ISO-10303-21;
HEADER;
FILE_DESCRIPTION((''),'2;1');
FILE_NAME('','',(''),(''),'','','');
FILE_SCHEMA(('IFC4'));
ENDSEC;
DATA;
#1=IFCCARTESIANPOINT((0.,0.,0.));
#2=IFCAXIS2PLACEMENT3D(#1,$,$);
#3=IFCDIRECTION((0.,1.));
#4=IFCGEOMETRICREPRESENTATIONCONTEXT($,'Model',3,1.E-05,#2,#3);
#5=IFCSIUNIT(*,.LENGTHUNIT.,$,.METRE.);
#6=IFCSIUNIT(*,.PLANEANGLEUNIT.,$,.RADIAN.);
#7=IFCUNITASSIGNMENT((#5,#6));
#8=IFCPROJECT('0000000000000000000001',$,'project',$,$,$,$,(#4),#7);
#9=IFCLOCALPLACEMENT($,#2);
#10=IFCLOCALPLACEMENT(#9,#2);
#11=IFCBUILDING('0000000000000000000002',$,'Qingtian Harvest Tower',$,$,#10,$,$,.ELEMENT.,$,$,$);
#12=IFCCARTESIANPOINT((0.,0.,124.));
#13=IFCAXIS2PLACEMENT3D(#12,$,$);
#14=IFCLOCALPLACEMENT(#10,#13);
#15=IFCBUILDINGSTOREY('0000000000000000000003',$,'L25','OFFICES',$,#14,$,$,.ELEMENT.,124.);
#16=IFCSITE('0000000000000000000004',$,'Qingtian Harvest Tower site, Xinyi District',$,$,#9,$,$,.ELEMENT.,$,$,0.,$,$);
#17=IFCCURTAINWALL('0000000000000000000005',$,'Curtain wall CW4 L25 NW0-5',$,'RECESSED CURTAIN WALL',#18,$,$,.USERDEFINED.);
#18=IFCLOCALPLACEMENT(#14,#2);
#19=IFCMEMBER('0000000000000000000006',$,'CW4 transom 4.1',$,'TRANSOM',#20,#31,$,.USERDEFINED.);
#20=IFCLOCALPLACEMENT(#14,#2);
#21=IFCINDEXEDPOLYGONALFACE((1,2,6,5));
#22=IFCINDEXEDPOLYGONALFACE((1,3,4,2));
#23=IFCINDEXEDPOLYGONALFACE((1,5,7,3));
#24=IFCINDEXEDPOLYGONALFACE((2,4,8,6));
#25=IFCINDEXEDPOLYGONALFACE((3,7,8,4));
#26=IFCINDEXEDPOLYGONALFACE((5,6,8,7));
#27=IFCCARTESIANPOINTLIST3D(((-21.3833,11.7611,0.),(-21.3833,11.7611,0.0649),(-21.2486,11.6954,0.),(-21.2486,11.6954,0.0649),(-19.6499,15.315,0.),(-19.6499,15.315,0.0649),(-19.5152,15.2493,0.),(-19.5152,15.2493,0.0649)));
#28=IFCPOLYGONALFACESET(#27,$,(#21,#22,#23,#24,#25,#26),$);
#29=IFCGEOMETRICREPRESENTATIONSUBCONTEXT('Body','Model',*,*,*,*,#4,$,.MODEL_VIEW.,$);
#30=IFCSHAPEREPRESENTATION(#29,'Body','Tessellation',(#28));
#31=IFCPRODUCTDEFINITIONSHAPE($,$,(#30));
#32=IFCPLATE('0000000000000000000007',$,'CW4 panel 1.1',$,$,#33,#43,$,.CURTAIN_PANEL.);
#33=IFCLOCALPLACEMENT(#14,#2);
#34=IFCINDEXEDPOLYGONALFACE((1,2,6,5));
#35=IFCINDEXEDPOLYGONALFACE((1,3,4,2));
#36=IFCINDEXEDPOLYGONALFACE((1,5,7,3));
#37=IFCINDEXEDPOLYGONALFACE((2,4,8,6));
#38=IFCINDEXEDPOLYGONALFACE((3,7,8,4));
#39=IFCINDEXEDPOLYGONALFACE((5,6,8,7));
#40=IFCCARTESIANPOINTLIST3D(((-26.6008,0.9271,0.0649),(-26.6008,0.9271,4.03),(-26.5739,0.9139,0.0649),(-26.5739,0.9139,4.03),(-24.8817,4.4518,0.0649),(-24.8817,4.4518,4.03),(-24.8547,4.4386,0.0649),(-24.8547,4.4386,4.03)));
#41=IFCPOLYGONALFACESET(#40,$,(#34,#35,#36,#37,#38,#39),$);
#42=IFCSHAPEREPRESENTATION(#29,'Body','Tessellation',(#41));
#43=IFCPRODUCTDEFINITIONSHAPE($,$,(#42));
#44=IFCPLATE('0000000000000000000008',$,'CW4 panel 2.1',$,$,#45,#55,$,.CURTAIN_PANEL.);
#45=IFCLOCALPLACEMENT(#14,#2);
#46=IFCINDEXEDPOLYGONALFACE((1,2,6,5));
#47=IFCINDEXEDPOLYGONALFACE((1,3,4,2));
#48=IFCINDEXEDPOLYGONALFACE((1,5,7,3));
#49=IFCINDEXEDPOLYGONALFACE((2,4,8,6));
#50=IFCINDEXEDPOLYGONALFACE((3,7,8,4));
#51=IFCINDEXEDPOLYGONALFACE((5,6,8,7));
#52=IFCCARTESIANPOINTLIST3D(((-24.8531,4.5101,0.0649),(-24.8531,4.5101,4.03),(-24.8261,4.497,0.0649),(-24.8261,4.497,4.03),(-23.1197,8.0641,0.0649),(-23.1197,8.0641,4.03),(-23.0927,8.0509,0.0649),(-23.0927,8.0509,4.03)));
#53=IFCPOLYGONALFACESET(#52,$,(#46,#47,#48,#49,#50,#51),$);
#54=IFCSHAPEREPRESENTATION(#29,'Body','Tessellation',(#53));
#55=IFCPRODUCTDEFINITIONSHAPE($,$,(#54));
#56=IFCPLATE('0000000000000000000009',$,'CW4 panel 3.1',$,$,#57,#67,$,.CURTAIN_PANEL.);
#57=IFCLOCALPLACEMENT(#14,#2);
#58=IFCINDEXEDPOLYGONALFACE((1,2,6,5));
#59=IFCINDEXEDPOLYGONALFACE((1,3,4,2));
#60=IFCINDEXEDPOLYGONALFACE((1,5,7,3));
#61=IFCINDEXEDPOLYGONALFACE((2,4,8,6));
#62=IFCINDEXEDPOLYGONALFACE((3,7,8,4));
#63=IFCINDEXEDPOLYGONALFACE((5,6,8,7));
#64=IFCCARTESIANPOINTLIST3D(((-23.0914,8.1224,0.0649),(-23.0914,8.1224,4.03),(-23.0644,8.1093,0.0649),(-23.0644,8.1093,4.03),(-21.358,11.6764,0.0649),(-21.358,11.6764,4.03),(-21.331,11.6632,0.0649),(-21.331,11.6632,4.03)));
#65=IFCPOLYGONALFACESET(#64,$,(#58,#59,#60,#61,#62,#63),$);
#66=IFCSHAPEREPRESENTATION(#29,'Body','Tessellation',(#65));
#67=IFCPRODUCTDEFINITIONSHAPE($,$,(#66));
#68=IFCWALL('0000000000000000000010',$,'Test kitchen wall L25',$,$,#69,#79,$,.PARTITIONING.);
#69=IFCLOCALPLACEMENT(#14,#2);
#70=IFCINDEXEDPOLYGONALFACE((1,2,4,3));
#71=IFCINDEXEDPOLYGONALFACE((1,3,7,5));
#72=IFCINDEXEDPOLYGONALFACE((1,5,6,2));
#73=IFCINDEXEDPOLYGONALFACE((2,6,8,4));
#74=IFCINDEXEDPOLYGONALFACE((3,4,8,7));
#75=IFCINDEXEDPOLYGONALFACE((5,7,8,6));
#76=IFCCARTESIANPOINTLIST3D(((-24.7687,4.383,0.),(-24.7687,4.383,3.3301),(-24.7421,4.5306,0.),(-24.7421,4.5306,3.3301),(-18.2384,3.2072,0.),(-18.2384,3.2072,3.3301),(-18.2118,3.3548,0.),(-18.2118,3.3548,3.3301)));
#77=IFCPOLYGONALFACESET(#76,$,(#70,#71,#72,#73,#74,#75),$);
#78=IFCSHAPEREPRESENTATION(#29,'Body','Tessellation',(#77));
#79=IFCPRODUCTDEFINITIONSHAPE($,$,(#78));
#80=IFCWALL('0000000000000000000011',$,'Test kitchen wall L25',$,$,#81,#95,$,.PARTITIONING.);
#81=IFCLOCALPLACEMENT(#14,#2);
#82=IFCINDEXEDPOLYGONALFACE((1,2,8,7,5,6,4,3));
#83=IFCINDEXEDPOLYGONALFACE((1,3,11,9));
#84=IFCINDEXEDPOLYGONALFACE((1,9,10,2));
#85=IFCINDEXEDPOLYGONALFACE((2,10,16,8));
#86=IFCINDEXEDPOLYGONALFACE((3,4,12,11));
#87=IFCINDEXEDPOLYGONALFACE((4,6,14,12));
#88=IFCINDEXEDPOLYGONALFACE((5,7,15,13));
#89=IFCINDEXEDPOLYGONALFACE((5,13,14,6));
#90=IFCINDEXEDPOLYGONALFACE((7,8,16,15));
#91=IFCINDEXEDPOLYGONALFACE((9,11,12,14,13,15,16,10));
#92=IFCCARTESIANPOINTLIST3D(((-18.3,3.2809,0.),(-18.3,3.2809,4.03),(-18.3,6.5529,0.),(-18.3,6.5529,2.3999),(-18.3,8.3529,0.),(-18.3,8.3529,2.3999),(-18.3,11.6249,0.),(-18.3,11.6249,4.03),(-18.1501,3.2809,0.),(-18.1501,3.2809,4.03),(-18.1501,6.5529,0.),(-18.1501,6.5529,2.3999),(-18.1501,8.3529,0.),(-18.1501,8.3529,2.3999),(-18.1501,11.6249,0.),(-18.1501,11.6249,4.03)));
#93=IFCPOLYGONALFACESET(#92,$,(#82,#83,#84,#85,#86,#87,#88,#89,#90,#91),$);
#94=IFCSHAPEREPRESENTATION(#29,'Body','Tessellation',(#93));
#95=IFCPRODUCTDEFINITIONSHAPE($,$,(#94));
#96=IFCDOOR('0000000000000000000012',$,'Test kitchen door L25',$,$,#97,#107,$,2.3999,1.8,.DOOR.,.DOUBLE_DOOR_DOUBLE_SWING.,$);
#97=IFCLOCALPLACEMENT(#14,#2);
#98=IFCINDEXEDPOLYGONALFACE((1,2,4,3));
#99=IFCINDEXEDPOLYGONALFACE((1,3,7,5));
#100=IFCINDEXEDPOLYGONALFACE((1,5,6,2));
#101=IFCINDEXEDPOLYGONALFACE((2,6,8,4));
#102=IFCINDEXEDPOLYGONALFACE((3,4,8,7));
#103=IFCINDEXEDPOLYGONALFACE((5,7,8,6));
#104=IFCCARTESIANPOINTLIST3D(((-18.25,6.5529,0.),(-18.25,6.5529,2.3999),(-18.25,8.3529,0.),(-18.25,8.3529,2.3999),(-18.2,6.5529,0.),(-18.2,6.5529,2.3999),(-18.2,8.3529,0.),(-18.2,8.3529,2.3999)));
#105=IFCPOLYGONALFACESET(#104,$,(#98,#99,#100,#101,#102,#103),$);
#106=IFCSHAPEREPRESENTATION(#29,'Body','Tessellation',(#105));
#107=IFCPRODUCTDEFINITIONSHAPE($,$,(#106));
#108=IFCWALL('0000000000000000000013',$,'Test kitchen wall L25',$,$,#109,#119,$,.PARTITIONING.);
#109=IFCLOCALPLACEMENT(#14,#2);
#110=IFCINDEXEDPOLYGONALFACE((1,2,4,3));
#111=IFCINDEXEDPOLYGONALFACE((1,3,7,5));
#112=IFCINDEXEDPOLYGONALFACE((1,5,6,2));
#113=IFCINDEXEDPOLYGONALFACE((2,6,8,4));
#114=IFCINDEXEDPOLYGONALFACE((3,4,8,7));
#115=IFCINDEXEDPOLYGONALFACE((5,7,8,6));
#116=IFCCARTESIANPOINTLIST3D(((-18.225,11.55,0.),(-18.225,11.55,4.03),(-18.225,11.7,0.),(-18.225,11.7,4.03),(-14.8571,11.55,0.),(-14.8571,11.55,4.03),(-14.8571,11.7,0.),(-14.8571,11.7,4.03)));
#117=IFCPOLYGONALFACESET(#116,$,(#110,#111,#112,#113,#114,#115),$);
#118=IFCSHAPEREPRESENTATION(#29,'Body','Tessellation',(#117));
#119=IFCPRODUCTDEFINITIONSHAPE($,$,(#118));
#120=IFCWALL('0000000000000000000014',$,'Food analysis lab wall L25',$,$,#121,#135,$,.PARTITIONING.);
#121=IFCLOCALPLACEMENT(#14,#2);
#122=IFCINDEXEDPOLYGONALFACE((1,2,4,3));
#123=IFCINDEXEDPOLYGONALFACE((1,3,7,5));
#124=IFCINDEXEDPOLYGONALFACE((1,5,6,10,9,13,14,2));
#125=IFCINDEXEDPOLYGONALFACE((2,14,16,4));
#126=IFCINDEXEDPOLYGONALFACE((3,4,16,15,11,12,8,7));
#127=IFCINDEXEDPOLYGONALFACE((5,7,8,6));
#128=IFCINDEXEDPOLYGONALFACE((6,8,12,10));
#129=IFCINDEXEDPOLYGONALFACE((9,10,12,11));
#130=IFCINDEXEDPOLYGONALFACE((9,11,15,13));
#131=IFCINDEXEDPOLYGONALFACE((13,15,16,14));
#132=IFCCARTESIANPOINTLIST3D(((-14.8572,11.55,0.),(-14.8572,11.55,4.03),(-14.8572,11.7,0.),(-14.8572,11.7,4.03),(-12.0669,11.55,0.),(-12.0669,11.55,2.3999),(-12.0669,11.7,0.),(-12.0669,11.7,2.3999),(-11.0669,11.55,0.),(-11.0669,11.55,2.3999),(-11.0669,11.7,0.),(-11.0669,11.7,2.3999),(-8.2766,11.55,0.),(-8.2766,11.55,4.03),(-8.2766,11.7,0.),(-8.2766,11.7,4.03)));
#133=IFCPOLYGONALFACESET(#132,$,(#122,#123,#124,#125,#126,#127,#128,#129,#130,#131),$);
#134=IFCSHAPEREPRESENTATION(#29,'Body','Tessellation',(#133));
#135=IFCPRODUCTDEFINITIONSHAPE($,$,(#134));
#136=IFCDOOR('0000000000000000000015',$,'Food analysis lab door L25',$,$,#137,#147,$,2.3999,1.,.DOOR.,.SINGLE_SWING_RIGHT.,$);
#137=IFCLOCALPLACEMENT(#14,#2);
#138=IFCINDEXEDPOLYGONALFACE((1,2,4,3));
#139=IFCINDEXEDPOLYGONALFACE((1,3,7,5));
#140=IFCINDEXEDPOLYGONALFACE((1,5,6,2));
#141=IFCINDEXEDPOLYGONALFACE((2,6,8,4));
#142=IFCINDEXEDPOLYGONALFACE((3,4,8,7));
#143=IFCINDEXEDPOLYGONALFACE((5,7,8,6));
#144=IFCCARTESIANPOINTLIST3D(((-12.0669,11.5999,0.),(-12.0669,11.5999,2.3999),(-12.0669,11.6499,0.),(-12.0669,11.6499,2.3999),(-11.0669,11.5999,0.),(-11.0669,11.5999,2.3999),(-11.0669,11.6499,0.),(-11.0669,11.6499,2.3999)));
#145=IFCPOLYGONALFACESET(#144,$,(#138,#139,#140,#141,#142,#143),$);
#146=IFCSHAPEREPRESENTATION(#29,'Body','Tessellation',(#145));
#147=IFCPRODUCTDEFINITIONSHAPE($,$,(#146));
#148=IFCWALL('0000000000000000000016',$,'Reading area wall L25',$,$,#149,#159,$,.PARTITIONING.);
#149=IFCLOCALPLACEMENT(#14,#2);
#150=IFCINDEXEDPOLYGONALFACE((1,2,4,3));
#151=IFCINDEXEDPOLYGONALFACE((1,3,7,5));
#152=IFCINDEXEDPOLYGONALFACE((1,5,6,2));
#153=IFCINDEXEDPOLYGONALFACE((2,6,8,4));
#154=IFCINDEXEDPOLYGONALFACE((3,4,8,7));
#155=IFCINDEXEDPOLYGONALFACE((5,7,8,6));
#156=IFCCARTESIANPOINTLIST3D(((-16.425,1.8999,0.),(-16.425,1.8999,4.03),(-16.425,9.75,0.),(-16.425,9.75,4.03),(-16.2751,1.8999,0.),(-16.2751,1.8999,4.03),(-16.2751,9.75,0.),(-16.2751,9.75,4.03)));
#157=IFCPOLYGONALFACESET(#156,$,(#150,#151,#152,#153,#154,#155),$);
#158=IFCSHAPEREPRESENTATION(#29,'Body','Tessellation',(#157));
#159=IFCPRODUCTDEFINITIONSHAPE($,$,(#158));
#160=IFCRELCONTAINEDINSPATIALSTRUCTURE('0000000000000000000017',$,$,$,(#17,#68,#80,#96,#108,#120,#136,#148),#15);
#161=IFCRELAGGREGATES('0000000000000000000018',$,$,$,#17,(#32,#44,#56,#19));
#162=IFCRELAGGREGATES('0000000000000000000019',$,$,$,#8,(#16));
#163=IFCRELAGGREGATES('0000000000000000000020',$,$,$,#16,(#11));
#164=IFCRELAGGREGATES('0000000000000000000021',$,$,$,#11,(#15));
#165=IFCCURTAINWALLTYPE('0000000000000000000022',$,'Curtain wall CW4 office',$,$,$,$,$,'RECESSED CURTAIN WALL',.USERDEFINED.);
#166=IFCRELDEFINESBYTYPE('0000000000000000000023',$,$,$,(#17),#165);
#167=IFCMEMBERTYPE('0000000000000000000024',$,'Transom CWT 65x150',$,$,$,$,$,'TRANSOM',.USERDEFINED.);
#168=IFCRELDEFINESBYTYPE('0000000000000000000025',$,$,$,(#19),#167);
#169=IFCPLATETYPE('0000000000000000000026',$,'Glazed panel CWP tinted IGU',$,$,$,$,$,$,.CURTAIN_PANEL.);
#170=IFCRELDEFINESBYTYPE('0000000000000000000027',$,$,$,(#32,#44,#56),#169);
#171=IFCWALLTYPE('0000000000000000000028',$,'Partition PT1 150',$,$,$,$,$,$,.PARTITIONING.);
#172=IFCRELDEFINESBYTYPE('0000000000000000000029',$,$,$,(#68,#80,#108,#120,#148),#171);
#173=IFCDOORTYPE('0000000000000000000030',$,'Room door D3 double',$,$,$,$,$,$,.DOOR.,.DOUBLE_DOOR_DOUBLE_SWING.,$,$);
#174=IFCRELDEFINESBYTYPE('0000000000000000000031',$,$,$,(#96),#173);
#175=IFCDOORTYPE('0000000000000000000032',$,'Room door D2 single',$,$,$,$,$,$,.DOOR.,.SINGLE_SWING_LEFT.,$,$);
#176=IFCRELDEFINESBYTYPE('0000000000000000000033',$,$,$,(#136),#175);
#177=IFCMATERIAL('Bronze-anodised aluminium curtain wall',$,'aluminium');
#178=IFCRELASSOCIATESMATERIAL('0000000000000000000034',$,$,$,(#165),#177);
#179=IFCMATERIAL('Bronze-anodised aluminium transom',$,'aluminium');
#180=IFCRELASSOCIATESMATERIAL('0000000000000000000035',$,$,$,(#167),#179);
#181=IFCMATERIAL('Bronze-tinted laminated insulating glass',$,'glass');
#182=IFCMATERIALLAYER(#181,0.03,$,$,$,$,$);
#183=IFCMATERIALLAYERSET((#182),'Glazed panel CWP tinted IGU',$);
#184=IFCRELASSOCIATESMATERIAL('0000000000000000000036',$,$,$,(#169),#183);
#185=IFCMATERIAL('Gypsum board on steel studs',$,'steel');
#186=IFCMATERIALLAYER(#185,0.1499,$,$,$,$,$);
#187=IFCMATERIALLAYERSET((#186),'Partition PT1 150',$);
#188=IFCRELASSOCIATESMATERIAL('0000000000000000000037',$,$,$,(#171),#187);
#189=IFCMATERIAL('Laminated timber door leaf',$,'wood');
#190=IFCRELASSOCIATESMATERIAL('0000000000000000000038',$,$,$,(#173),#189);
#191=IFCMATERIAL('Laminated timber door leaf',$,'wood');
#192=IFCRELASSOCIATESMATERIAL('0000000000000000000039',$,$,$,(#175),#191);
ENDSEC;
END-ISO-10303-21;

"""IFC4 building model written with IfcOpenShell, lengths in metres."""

from ifc_helpers import new_model, si_unit, direction, frame, frame_2d, origin, origin_2d, place, context, subcontext, project, spatial, rectangle, extrude, material, layer, layer_set, material_profile, profile_set, type_object, element, fill, aggregate, save


model = new_model("IFC4")

# Units and contexts
model_context = context("Model", 3, precision=1e-05, world=origin(), true_north=direction((0.0, 1.0)))
body_context = subcontext(model_context, "Body", "Model", "MODEL_VIEW")
ifc_project = project(units=[si_unit("LENGTHUNIT", "METRE"), si_unit("PLANEANGLEUNIT", "RADIAN")], contexts=[model_context])

# Site, building, storey
site_placement = place(None, origin())
site = spatial("IfcSite", under=ifc_project, at=site_placement, Name="Qingtian Harvest Tower site, Xinyi District", CompositionType="ELEMENT", RefElevation=0.0)
building_placement = place(site_placement, origin())
building = spatial("IfcBuilding", under=site, at=building_placement, Name="Qingtian Harvest Tower", CompositionType="ELEMENT")
storey_placement = place(building_placement, frame((0.0, 0.0, 124.0)))
storey = spatial("IfcBuildingStorey", under=building, at=storey_placement, Name="L25", Description="OFFICES", CompositionType="ELEMENT", Elevation=124.0)

# Shared definitions
ifc_material_1 = material(Name="Bronze-anodised aluminium curtain wall", Category="aluminium")
curtain_wall_type = type_object("IfcCurtainWallType", Name="Curtain wall CW4 office", ElementType="RECESSED CURTAIN WALL", PredefinedType="USERDEFINED", material=ifc_material_1)

# Curtain wall
curtain_wall_1_placement = place(storey_placement, origin())
curtain_wall_1 = element("IfcCurtainWall", 1, at=curtain_wall_1_placement, inside=storey, type_object=curtain_wall_type, Name="Curtain wall CW4 L25 NW0-5", ObjectType="RECESSED CURTAIN WALL", PredefinedType="USERDEFINED")

# Member
ifc_material_2 = material(Name="Bronze-anodised aluminium transom", Category="aluminium")
ifc_material_profile_1 = material_profile(ifc_material_2, rectangle(XDim=0.1499, YDim=0.0649, at=origin_2d()), Name="AL 65x150")
ifc_profile_set_1 = profile_set([ifc_material_profile_1], Name="Bronze-anodised aluminium transom")
member_type_1 = type_object("IfcMemberType", Name="Transom CWT 65x150", ElementType="TRANSOM", PredefinedType="USERDEFINED", material=ifc_profile_set_1)
member_1_placement = place(storey_placement, frame((-21.3159, 11.7283, 0.0325), z_axis=(0.438375, 0.898792, 0.0), x_axis=(-0.898792, 0.438375, 0.0)))
member_1 = element("IfcMember", 2, at=member_1_placement, type_object=member_type_1, Name="CW4 transom 4.1", ObjectType="TRANSOM", PredefinedType="USERDEFINED", context=body_context, shape_type="SweptSolid", body=[
    extrude(rectangle(XDim=0.1499, YDim=0.0649, at=origin_2d()), origin(), (0.0, 0.0, 1.0), 3.9541),
])

# Plates
ifc_material_3 = material(Name="Bronze-tinted laminated insulating glass", Category="glass")
ifc_layer_1 = layer(ifc_material_3, 0.03)
ifc_layer_set_1 = layer_set([ifc_layer_1], Name="Glazed panel CWP tinted IGU")
plate_type = type_object("IfcPlateType", Name="Glazed panel CWP tinted IGU", PredefinedType="CURTAIN_PANEL", material=ifc_layer_set_1)
plate_1_placement = place(storey_placement, frame((-25.7278, 2.6829, 0.0649), z_axis=(0.0, 0.0, 1.0), x_axis=(0.438371, 0.898794, 0.0)))
plate_1 = element("IfcPlate", 3, at=plate_1_placement, type_object=plate_type, Name="CW4 panel 1.1", PredefinedType="CURTAIN_PANEL", context=body_context, shape_type="SweptSolid", body=[
    extrude(rectangle(XDim=3.9216, YDim=0.03, at=origin_2d()), origin(), (0.0, 0.0, 1.0), 3.9651),
])
plate_2_placement = place(storey_placement, frame((-23.9729, 6.2805, 0.0649), z_axis=(0.0, 0.0, 1.0), x_axis=(0.438371, 0.898794, 0.0)))
plate_2 = element("IfcPlate", 4, at=plate_2_placement, type_object=plate_type, Name="CW4 panel 2.1", PredefinedType="CURTAIN_PANEL", context=body_context, shape_type="SweptSolid", body=[
    extrude(rectangle(XDim=3.9541, YDim=0.03, at=origin_2d()), origin(), (0.0, 0.0, 1.0), 3.9651),
])
plate_3_placement = place(storey_placement, frame((-22.2112, 9.8928, 0.0649), z_axis=(0.0, 0.0, 1.0), x_axis=(0.438371, 0.898794, 0.0)))
plate_3 = element("IfcPlate", 5, at=plate_3_placement, type_object=plate_type, Name="CW4 panel 3.1", PredefinedType="CURTAIN_PANEL", context=body_context, shape_type="SweptSolid", body=[
    extrude(rectangle(XDim=3.9541, YDim=0.03, at=origin_2d()), origin(), (0.0, 0.0, 1.0), 3.9651),
])
aggregate(curtain_wall_1, [plate_1, plate_2, plate_3, member_1])

# Wall
ifc_material_4 = material(Name="Gypsum board on steel studs", Category="steel")
ifc_layer_2 = layer(ifc_material_4, 0.1499)
ifc_layer_set_2 = layer_set([ifc_layer_2], Name="Partition PT1 150")
wall_type = type_object("IfcWallType", Name="Partition PT1 150", PredefinedType="PARTITIONING", material=ifc_layer_set_2)
wall_1_placement = place(storey_placement, frame((-24.7554, 4.4568, 0.0), z_axis=(0.0, 0.0, 1.0), x_axis=(0.984175, -0.177201, 0.0)))
element("IfcWall", 6, at=wall_1_placement, inside=storey, type_object=wall_type, Name="Test kitchen wall L25", PredefinedType="PARTITIONING", context=body_context, shape_type="SweptSolid", body=[
    extrude(rectangle(XDim=6.6353, YDim=0.1499, at=frame_2d((3.3176, 0.0))), origin(), (0.0, 0.0, 1.0), 3.3301),
])

# Wall, opening, door
wall_2_placement = place(storey_placement, frame((-18.2251, 3.281, 0.0), z_axis=(0.0, 0.0, 1.0), x_axis=(0.0, 1.0, 0.0)))
wall_2 = element("IfcWall", 7, at=wall_2_placement, inside=storey, type_object=wall_type, Name="Test kitchen wall L25", PredefinedType="PARTITIONING", context=body_context, shape_type="SweptSolid", body=[
    extrude(rectangle(XDim=8.344, YDim=0.1499, at=frame_2d((4.1719, 0.0))), origin(), (0.0, 0.0, 1.0), 4.03),
])
opening_1_placement = place(wall_2_placement, frame((3.272, 0.0, 0.0)))
opening_1 = element("IfcOpeningElement", 8, at=opening_1_placement, cuts=wall_2, PredefinedType="OPENING", context=body_context, shape_type="SweptSolid", body=[
    extrude(rectangle(XDim=1.8, YDim=2.3999, at=frame_2d((0.8999, 1.2))), frame((0.0, 0.085, 0.0), z_axis=(0.0, -1.0, 0.0), x_axis=(1.0, 0.0, 0.0)), (0.0, 0.0, 1.0), 0.1699),
])
ifc_material_5 = material(Name="Laminated timber door leaf", Category="wood")
door_type_1 = type_object("IfcDoorType", Name="Room door D3 double", OperationType="DOUBLE_DOOR_DOUBLE_SWING", PredefinedType="DOOR", material=ifc_material_5)
door_1_placement = place(opening_1_placement, origin())
door_1 = element("IfcDoor", 9, at=door_1_placement, inside=storey, type_object=door_type_1, Name="Test kitchen door L25", OperationType="DOUBLE_DOOR_DOUBLE_SWING", OverallHeight=2.3999, OverallWidth=1.8, PredefinedType="DOOR", context=body_context, shape_type="SweptSolid", body=[
    extrude(rectangle(XDim=1.8, YDim=2.3999, at=frame_2d((0.8999, 1.2))), frame((0.0, 0.0249, 0.0), z_axis=(0.0, -1.0, 0.0), x_axis=(1.0, 0.0, 0.0)), (0.0, 0.0, 1.0), 0.05),
])
fill(opening_1, door_1)

# Wall
wall_3_placement = place(storey_placement, frame((-18.2251, 11.625, 0.0), z_axis=(0.0, 0.0, 1.0), x_axis=(1.0, 0.0, 0.0)))
element("IfcWall", 10, at=wall_3_placement, inside=storey, type_object=wall_type, Name="Test kitchen wall L25", PredefinedType="PARTITIONING", context=body_context, shape_type="SweptSolid", body=[
    extrude(rectangle(XDim=3.3679, YDim=0.1499, at=frame_2d((1.6841, 0.0))), origin(), (0.0, 0.0, 1.0), 4.03),
])

# Wall, opening, door
wall_4_placement = place(storey_placement, frame((-14.8572, 11.625, 0.0), z_axis=(0.0, 0.0, 1.0), x_axis=(1.0, 0.0, 0.0)))
wall_4 = element("IfcWall", 11, at=wall_4_placement, inside=storey, type_object=wall_type, Name="Food analysis lab wall L25", PredefinedType="PARTITIONING", context=body_context, shape_type="SweptSolid", body=[
    extrude(rectangle(XDim=6.5806, YDim=0.1499, at=frame_2d((3.2903, 0.0))), origin(), (0.0, 0.0, 1.0), 4.03),
])
opening_2_placement = place(wall_4_placement, frame((2.7903, 0.0, 0.0)))
opening_2 = element("IfcOpeningElement", 12, at=opening_2_placement, cuts=wall_4, PredefinedType="OPENING", context=body_context, shape_type="SweptSolid", body=[
    extrude(rectangle(XDim=1.0, YDim=2.3999, at=frame_2d((0.5, 1.2))), frame((0.0, 0.085, 0.0), z_axis=(0.0, -1.0, 0.0), x_axis=(1.0, 0.0, 0.0)), (0.0, 0.0, 1.0), 0.1699),
])
ifc_material_6 = material(Name="Laminated timber door leaf", Category="wood")
door_type_2 = type_object("IfcDoorType", Name="Room door D2 single", OperationType="SINGLE_SWING_LEFT", PredefinedType="DOOR", material=ifc_material_6)
door_2_placement = place(opening_2_placement, origin())
door_2 = element("IfcDoor", 13, at=door_2_placement, inside=storey, type_object=door_type_2, Name="Food analysis lab door L25", OperationType="SINGLE_SWING_RIGHT", OverallHeight=2.3999, OverallWidth=1.0, PredefinedType="DOOR", context=body_context, shape_type="SweptSolid", body=[
    extrude(rectangle(XDim=1.0, YDim=2.3999, at=frame_2d((0.5, 1.2))), frame((0.0, 0.0249, 0.0), z_axis=(0.0, -1.0, 0.0), x_axis=(1.0, 0.0, 0.0)), (0.0, 0.0, 1.0), 0.05),
])
fill(opening_2, door_2)

# Wall
wall_5_placement = place(storey_placement, frame((-16.3501, 1.8999, 0.0), z_axis=(0.0, 0.0, 1.0), x_axis=(0.0, 1.0, 0.0)))
element("IfcWall", 14, at=wall_5_placement, inside=storey, type_object=wall_type, Name="Reading area wall L25", PredefinedType="PARTITIONING", context=body_context, shape_type="SweptSolid", body=[
    extrude(rectangle(XDim=7.8501, YDim=0.1499, at=frame_2d((3.925, 0.0))), origin(), (0.0, 0.0, 1.0), 4.03),
])

save(model, "model.ifc")
